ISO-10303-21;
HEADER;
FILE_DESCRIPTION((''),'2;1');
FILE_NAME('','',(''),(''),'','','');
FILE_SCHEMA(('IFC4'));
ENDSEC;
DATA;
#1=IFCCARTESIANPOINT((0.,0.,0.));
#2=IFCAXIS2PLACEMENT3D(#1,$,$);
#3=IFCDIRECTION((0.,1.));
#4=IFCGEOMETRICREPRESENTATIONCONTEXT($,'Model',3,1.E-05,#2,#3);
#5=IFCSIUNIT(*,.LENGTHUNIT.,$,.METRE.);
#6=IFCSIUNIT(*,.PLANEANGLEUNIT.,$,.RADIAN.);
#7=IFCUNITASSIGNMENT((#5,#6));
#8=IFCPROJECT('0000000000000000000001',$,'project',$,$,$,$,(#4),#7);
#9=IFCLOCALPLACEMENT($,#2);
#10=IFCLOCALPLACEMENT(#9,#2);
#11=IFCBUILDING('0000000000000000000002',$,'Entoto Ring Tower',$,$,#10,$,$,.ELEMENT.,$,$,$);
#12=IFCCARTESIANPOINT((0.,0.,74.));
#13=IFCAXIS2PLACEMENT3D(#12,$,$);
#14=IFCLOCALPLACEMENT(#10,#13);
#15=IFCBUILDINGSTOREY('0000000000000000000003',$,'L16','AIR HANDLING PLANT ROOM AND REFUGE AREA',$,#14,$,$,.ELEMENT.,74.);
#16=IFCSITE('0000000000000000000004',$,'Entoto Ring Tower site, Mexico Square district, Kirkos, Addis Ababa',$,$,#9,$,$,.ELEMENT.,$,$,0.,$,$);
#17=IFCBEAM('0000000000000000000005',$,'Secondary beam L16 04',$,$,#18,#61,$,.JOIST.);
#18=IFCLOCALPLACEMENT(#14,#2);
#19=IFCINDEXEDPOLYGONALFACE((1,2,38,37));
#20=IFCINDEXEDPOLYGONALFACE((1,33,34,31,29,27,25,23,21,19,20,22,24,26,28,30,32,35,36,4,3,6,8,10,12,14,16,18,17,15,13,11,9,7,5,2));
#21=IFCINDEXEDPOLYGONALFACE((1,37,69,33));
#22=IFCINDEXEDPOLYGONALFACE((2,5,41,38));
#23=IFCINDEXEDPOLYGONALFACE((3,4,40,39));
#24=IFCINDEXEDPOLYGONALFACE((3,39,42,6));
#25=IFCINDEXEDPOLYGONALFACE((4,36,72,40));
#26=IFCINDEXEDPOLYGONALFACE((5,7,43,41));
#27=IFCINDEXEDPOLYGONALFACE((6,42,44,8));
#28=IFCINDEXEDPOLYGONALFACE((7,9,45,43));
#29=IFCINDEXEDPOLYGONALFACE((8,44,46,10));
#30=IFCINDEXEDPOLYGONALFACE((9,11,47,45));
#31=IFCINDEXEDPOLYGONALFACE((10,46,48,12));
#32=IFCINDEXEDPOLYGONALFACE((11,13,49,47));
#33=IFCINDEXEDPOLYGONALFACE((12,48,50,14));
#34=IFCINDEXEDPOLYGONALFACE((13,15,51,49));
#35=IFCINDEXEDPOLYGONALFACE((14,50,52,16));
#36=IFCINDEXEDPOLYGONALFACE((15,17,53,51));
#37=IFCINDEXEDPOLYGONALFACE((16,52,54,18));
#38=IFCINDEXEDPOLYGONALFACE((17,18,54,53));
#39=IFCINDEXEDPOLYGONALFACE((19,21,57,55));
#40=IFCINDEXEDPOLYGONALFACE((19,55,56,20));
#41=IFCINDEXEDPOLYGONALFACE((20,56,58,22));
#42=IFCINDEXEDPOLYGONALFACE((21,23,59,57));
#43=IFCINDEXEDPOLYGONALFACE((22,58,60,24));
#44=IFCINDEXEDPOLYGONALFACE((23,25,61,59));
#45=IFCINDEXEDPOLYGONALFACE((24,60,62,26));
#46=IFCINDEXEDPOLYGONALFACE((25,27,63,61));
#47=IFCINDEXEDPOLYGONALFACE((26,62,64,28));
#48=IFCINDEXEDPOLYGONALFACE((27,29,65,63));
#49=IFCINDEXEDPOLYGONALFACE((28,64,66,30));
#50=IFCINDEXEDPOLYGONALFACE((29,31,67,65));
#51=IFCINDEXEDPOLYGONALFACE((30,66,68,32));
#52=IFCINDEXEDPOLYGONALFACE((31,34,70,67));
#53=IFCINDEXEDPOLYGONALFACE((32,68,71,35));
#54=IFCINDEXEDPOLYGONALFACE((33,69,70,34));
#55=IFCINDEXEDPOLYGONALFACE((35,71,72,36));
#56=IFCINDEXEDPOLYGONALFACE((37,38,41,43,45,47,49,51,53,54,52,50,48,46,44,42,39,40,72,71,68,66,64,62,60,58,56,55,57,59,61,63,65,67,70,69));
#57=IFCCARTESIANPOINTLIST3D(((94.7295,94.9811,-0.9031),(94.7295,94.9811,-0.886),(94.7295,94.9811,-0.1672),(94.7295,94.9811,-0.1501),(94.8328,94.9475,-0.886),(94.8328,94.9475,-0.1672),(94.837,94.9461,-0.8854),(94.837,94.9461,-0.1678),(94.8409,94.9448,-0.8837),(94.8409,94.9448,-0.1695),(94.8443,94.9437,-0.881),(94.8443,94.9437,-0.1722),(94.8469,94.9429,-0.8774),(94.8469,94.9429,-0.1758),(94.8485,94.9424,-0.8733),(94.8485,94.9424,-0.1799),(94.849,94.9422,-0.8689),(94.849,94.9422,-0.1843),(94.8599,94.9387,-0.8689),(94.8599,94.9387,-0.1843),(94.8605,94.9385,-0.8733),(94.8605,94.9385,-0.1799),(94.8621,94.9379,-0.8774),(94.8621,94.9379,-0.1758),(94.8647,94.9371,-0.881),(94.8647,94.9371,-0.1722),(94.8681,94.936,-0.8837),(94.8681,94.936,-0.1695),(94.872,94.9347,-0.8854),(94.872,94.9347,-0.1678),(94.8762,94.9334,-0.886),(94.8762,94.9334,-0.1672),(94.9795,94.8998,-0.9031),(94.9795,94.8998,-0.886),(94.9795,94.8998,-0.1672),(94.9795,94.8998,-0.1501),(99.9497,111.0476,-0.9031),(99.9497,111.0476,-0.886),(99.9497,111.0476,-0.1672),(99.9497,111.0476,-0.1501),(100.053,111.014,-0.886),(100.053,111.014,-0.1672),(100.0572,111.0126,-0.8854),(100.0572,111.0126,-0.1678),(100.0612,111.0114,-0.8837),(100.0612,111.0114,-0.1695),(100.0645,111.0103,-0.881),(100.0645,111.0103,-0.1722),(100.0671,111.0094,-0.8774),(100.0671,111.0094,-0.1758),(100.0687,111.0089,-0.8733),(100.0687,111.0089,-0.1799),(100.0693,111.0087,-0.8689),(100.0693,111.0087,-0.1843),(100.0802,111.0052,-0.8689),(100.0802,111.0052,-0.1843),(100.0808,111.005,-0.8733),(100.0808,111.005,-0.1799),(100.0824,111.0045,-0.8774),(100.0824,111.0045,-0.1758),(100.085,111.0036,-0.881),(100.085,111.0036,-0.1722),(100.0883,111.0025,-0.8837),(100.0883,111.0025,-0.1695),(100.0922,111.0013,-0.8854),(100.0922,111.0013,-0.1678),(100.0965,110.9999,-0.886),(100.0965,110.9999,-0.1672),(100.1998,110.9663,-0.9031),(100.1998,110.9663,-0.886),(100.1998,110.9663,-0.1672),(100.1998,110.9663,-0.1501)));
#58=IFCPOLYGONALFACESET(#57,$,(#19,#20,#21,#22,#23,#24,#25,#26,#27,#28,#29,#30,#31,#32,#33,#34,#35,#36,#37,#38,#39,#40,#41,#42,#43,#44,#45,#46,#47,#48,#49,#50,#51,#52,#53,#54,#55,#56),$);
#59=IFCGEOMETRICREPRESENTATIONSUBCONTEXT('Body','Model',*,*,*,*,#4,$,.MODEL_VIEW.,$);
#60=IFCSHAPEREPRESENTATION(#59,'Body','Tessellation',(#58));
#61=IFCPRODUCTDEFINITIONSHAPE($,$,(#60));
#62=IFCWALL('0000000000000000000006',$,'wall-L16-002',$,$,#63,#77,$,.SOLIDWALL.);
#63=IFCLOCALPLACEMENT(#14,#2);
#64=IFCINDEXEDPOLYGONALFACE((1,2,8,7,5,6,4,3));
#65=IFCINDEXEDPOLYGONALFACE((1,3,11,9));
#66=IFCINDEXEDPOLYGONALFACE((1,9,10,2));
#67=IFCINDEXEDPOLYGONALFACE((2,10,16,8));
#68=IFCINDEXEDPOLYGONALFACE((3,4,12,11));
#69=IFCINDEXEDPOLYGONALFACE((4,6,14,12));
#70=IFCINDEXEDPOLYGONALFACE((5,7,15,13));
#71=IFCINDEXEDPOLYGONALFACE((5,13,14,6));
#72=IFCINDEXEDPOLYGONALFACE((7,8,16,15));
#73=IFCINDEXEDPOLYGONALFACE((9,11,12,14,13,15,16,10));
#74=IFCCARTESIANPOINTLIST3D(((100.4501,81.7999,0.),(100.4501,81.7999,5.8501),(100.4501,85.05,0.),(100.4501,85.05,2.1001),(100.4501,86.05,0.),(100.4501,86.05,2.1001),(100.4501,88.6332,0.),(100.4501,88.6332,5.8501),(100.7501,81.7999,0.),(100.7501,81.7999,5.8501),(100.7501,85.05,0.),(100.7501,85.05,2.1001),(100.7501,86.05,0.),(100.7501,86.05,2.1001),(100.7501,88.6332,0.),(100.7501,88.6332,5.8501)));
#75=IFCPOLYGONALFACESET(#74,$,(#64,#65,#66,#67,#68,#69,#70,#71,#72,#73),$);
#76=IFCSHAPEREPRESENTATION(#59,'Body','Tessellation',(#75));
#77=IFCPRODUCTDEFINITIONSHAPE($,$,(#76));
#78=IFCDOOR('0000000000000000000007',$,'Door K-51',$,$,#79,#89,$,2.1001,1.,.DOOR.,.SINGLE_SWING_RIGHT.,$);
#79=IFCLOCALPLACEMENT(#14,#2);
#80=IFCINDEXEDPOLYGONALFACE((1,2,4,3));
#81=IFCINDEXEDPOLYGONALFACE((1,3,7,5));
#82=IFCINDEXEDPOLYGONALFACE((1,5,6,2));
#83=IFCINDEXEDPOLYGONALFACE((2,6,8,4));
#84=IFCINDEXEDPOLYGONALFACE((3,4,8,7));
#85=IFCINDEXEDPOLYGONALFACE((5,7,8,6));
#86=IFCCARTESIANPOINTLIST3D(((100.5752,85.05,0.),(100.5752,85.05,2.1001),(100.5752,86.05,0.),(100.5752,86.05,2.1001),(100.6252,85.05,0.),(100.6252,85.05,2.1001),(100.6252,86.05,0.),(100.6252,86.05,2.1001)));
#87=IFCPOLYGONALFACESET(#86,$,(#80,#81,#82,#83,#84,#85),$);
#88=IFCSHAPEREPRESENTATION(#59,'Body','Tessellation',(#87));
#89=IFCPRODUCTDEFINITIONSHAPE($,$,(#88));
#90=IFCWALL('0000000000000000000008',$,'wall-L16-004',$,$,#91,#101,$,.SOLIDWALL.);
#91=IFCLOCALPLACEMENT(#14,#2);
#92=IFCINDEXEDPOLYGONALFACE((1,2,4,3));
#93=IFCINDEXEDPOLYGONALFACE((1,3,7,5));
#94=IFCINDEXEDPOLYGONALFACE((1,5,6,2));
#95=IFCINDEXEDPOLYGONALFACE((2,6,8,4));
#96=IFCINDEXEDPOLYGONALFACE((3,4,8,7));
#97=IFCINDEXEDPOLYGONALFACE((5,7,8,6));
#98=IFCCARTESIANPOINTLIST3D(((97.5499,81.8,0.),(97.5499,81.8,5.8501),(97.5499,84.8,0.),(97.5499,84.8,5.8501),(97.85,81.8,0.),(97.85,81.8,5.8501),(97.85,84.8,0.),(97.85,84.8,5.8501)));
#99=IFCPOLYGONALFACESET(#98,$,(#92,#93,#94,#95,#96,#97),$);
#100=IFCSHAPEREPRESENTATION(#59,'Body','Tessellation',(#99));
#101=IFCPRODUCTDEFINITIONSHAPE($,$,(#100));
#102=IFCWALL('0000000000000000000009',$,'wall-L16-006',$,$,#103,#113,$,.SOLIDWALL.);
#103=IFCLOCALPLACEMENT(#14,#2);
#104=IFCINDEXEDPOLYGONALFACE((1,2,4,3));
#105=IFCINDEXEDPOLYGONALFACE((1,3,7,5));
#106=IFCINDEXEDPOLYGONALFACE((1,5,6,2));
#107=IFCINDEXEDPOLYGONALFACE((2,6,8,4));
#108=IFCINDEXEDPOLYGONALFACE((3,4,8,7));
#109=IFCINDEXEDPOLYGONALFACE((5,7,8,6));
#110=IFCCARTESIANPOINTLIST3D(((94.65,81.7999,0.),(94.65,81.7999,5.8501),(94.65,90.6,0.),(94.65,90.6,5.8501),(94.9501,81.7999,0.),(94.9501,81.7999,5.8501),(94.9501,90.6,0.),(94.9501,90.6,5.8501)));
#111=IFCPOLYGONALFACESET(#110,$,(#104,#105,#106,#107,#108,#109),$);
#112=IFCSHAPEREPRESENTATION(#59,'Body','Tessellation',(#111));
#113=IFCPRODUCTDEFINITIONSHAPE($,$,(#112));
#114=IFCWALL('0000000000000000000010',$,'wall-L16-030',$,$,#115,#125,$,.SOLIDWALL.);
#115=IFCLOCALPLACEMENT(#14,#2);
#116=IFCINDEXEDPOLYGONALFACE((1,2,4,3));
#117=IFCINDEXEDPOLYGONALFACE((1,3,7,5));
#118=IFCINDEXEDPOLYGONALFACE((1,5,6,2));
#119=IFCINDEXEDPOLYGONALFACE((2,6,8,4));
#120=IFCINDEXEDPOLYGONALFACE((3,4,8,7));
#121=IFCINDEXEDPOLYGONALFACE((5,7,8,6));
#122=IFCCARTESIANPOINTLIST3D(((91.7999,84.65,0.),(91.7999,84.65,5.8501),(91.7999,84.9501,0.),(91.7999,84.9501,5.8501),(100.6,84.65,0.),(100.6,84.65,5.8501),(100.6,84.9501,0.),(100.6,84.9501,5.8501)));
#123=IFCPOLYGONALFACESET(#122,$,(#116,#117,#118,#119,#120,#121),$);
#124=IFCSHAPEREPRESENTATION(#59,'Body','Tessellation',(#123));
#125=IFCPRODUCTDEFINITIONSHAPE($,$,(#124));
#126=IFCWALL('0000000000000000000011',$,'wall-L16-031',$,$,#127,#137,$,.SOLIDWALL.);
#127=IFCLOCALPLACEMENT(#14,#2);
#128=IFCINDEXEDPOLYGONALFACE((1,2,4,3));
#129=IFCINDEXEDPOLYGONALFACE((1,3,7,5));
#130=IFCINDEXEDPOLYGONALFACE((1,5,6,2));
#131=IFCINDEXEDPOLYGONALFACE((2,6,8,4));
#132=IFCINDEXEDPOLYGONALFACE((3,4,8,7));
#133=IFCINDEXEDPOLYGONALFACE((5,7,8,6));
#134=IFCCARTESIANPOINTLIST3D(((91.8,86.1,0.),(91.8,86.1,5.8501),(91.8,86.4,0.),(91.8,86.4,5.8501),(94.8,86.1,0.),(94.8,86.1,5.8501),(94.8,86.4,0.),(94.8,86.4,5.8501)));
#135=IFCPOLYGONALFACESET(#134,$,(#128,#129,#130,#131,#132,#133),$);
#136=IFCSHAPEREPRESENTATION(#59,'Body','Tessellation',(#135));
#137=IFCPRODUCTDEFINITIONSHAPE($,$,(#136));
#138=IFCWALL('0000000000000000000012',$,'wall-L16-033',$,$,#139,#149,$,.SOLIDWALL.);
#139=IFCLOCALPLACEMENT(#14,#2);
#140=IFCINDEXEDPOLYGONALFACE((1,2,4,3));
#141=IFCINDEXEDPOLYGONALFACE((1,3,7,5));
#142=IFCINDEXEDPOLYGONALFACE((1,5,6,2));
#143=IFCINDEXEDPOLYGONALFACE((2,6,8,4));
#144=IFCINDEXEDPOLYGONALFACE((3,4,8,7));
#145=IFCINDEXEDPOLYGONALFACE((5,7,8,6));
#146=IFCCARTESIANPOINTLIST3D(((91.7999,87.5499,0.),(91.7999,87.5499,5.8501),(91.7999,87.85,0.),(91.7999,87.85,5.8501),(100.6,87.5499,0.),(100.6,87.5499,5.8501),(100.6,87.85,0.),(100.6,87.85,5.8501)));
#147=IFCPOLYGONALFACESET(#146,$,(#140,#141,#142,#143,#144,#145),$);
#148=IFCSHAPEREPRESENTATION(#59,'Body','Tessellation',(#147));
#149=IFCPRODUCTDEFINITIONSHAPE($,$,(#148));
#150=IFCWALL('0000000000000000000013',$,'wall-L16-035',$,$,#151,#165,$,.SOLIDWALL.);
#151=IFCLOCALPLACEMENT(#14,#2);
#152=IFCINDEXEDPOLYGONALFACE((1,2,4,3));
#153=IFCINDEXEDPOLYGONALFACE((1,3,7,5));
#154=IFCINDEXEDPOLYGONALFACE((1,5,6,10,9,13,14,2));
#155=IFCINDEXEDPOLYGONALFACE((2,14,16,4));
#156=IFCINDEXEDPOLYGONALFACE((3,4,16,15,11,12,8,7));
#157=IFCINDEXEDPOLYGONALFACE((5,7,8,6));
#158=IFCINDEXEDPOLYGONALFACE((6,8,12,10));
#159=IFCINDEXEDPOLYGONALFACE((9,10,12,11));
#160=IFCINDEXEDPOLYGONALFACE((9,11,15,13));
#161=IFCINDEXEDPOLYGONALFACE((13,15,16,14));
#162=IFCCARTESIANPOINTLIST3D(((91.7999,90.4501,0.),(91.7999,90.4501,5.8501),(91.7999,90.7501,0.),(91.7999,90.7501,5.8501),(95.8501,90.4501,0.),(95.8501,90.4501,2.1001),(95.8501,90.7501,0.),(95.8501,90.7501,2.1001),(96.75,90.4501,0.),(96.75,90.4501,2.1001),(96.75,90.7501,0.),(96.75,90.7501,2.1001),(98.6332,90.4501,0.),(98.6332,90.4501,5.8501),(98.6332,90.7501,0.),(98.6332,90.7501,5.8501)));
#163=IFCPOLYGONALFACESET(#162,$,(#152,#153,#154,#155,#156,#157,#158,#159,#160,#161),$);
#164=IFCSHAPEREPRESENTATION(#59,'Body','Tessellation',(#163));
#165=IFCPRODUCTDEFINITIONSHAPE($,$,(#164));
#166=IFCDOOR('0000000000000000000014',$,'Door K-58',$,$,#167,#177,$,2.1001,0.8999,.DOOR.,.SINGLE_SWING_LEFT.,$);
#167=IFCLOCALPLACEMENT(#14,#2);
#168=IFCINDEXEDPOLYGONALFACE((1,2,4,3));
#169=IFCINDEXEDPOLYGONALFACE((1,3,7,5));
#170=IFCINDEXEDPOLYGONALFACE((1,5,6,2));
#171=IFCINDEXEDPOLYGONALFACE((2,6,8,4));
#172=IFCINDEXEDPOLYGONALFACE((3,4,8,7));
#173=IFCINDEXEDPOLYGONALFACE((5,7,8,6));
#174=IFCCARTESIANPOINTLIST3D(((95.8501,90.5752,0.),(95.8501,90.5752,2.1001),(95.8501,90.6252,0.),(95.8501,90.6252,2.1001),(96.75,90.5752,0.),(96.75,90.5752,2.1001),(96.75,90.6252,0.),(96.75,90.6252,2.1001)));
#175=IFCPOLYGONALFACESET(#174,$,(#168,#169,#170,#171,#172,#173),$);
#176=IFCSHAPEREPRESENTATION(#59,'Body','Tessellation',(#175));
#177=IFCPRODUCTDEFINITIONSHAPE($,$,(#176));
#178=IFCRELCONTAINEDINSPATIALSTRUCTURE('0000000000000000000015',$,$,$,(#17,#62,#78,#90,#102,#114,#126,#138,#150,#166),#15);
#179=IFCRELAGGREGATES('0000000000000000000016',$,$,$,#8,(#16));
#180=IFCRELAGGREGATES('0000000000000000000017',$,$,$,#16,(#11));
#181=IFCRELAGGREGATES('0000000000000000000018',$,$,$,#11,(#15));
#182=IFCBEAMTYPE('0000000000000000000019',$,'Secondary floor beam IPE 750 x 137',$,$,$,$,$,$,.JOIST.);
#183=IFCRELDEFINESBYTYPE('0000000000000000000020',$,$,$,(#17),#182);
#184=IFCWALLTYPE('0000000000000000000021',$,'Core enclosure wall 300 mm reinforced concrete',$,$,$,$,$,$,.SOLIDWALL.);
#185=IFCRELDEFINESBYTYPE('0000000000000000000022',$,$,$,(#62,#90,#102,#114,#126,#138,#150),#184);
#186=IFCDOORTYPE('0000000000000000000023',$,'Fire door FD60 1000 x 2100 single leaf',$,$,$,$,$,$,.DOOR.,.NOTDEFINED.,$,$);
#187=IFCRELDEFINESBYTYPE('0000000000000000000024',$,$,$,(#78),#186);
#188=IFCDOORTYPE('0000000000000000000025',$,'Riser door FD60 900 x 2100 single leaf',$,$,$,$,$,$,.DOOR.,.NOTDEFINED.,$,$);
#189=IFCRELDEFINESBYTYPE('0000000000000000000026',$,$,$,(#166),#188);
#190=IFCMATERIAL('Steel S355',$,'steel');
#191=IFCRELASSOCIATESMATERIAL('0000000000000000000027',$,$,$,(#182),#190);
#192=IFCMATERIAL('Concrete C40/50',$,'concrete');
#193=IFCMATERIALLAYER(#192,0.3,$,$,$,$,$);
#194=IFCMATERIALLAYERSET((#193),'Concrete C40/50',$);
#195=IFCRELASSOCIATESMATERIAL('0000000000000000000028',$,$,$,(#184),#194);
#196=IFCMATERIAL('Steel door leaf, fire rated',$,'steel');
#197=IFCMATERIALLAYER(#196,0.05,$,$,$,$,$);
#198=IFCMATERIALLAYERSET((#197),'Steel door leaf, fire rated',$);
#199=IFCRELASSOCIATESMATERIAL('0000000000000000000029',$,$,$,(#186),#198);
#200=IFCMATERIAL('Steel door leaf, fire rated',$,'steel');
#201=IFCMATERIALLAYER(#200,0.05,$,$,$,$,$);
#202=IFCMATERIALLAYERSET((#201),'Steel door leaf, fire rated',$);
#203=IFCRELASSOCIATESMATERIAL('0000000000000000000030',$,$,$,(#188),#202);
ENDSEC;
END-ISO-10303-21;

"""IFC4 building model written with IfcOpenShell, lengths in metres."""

from ifc_helpers import new_model, si_unit, direction, frame, frame_2d, origin, origin_2d, place, context, subcontext, project, spatial, rectangle, i_section, extrude, material, layer, layer_set, material_profile, profile_set, type_object, element, fill, save


model = new_model("IFC4")

# Units and contexts
model_context = context("Model", 3, precision=1e-05, world=origin(), true_north=direction((0.0, 1.0)))
body_context = subcontext(model_context, "Body", "Model", "MODEL_VIEW")
ifc_project = project(units=[si_unit("LENGTHUNIT", "METRE"), si_unit("PLANEANGLEUNIT", "RADIAN")], contexts=[model_context])

# Site, building, storey
site_placement = place(None, origin())
site = spatial("IfcSite", under=ifc_project, at=site_placement, Name="Entoto Ring Tower site, Mexico Square district, Kirkos, Addis Ababa", CompositionType="ELEMENT", RefElevation=0.0)
building_placement = place(site_placement, origin())
building = spatial("IfcBuilding", under=site, at=building_placement, Name="Entoto Ring Tower", CompositionType="ELEMENT")
storey_placement = place(building_placement, frame((0.0, 0.0, 74.0)))
storey = spatial("IfcBuildingStorey", under=building, at=storey_placement, Name="L16", Description="AIR HANDLING PLANT ROOM AND REFUGE AREA", CompositionType="ELEMENT", Elevation=74.0)

# Beam
ifc_material_1 = material(Name="Steel S355", Category="steel")
ifc_material_profile_1 = material_profile(ifc_material_1, i_section(OverallWidth=0.2629, OverallDepth=0.7529, WebThickness=0.0115, FlangeThickness=0.0171, FilletRadius=0.0171, at=origin_2d()), Name="IPE 750 x 137")
ifc_profile_set_1 = profile_set([ifc_material_profile_1], Name="Steel S355")
beam_type_1 = type_object("IfcBeamType", Name="Secondary floor beam IPE 750 x 137", PredefinedType="JOIST", material=ifc_profile_set_1)
beam_1_placement = place(storey_placement, frame((94.8545, 94.9404, -0.5266), z_axis=(0.309013, 0.951058, 0.0), x_axis=(-0.951058, 0.309013, 0.0)))
element("IfcBeam", 1, at=beam_1_placement, inside=storey, type_object=beam_type_1, Name="Secondary beam L16 04", PredefinedType="JOIST", context=body_context, shape_type="SweptSolid", body=[
    extrude(i_section(OverallWidth=0.2629, OverallDepth=0.7529, WebThickness=0.0115, FlangeThickness=0.0171, FilletRadius=0.0171, at=origin_2d()), origin(), (0.0, 0.0, 1.0), 16.8933),
])

# Wall, opening, door
ifc_material_2 = material(Name="Concrete C40/50", Category="concrete")
ifc_layer_1 = layer(ifc_material_2, 0.3)
ifc_layer_set_1 = layer_set([ifc_layer_1], Name="Concrete C40/50")
wall_type_1 = type_object("IfcWallType", Name="Core enclosure wall 300 mm reinforced concrete", PredefinedType="SOLIDWALL", material=ifc_layer_set_1)
wall_1_placement = place(storey_placement, frame((100.6001, 81.8, 0.0), z_axis=(0.0, 0.0, 1.0), x_axis=(0.0, 1.0, 0.0)))
wall_1 = element("IfcWall", 2, at=wall_1_placement, inside=storey, type_object=wall_type_1, Name="wall-L16-002", PredefinedType="SOLIDWALL", context=body_context, shape_type="SweptSolid", body=[
    extrude(rectangle(XDim=6.8333, YDim=0.3, at=frame_2d((3.4165, 0.0))), origin(), (0.0, 0.0, 1.0), 5.8501),
])
opening_1_placement = place(wall_1_placement, frame((3.25, 0.0, 0.0)))
opening_1 = element("IfcOpeningElement", 3, at=opening_1_placement, cuts=wall_1, PredefinedType="OPENING", context=body_context, shape_type="SweptSolid", body=[
    extrude(rectangle(XDim=1.0, YDim=2.1001, at=frame_2d((0.5, 1.05))), frame((0.0, 0.1602, 0.0), z_axis=(0.0, -1.0, 0.0), x_axis=(1.0, 0.0, 0.0)), (0.0, 0.0, 1.0), 0.3201),
])
ifc_material_3 = material(Name="Steel door leaf, fire rated", Category="steel")
ifc_layer_2 = layer(ifc_material_3, 0.05)
ifc_layer_set_2 = layer_set([ifc_layer_2], Name="Steel door leaf, fire rated")
door_type_1 = type_object("IfcDoorType", Name="Fire door FD60 1000 x 2100 single leaf", OperationType="NOTDEFINED", PredefinedType="DOOR", material=ifc_layer_set_2)
door_1_placement = place(opening_1_placement, origin())
door_1 = element("IfcDoor", 4, at=door_1_placement, inside=storey, type_object=door_type_1, Name="Door K-51", OperationType="SINGLE_SWING_RIGHT", OverallHeight=2.1001, OverallWidth=1.0, PredefinedType="DOOR", context=body_context, shape_type="SweptSolid", body=[
    extrude(rectangle(XDim=1.0, YDim=2.1001, at=frame_2d((0.5, 1.05))), frame((0.0, 0.0249, 0.0), z_axis=(0.0, -1.0, 0.0), x_axis=(1.0, 0.0, 0.0)), (0.0, 0.0, 1.0), 0.05),
])
fill(opening_1, door_1)

# Walls
wall_2_placement = place(storey_placement, frame((97.7, 81.8, 0.0), z_axis=(0.0, 0.0, 1.0), x_axis=(0.0, 1.0, 0.0)))
element("IfcWall", 5, at=wall_2_placement, inside=storey, type_object=wall_type_1, Name="wall-L16-004", PredefinedType="SOLIDWALL", context=body_context, shape_type="SweptSolid", body=[
    extrude(rectangle(XDim=3.0, YDim=0.3, at=frame_2d((1.5, 0.0))), origin(), (0.0, 0.0, 1.0), 5.8501),
])
for number, where, z_axis, x_axis, name in (
    (6, (94.8, 81.8, 0.0), (0.0, 0.0, 1.0), (0.0, 1.0, 0.0), "wall-L16-006"),
    (7, (91.8, 84.8, 0.0), (0.0, 0.0, 1.0), (1.0, 0.0, 0.0), "wall-L16-030"),
):
    element("IfcWall", number, at=place(storey_placement, frame(where, z_axis=z_axis, x_axis=x_axis)), inside=storey, type_object=wall_type_1, Name=name, PredefinedType="SOLIDWALL", context=body_context, shape_type="SweptSolid", body=[
        extrude(rectangle(XDim=8.8, YDim=0.3, at=frame_2d((4.3999, 0.0))), origin(), (0.0, 0.0, 1.0), 5.8501),
    ])
wall_3_placement = place(storey_placement, frame((91.8, 86.25, 0.0), z_axis=(0.0, 0.0, 1.0), x_axis=(1.0, 0.0, 0.0)))
element("IfcWall", 8, at=wall_3_placement, inside=storey, type_object=wall_type_1, Name="wall-L16-031", PredefinedType="SOLIDWALL", context=body_context, shape_type="SweptSolid", body=[
    extrude(rectangle(XDim=3.0, YDim=0.3, at=frame_2d((1.5, 0.0))), origin(), (0.0, 0.0, 1.0), 5.8501),
])
wall_4_placement = place(storey_placement, frame((91.8, 87.7, 0.0), z_axis=(0.0, 0.0, 1.0), x_axis=(1.0, 0.0, 0.0)))
element("IfcWall", 9, at=wall_4_placement, inside=storey, type_object=wall_type_1, Name="wall-L16-033", PredefinedType="SOLIDWALL", context=body_context, shape_type="SweptSolid", body=[
    extrude(rectangle(XDim=8.8, YDim=0.3, at=frame_2d((4.3999, 0.0))), origin(), (0.0, 0.0, 1.0), 5.8501),
])

# Wall, opening, door
wall_5_placement = place(storey_placement, frame((91.8, 90.6001, 0.0), z_axis=(0.0, 0.0, 1.0), x_axis=(1.0, 0.0, 0.0)))
wall_5 = element("IfcWall", 10, at=wall_5_placement, inside=storey, type_object=wall_type_1, Name="wall-L16-035", PredefinedType="SOLIDWALL", context=body_context, shape_type="SweptSolid", body=[
    extrude(rectangle(XDim=6.8333, YDim=0.3, at=frame_2d((3.4165, 0.0))), origin(), (0.0, 0.0, 1.0), 5.8501),
])
opening_2_placement = place(wall_5_placement, frame((4.05, 0.0, 0.0)))
opening_2 = element("IfcOpeningElement", 11, at=opening_2_placement, cuts=wall_5, PredefinedType="OPENING", context=body_context, shape_type="SweptSolid", body=[
    extrude(rectangle(XDim=0.8999, YDim=2.1001, at=frame_2d((0.45, 1.05))), frame((0.0, 0.1602, 0.0), z_axis=(0.0, -1.0, 0.0), x_axis=(1.0, 0.0, 0.0)), (0.0, 0.0, 1.0), 0.3201),
])
ifc_material_4 = material(Name="Steel door leaf, fire rated", Category="steel")
ifc_layer_3 = layer(ifc_material_4, 0.05)
ifc_layer_set_3 = layer_set([ifc_layer_3], Name="Steel door leaf, fire rated")
door_type_2 = type_object("IfcDoorType", Name="Riser door FD60 900 x 2100 single leaf", OperationType="NOTDEFINED", PredefinedType="DOOR", material=ifc_layer_set_3)
door_2_placement = place(opening_2_placement, frame((0.8999, 0.0, 0.0), z_axis=(0.0, 0.0, 1.0), x_axis=(-1.0, 0.0, 0.0)))
door_2 = element("IfcDoor", 12, at=door_2_placement, inside=storey, type_object=door_type_2, Name="Door K-58", OperationType="SINGLE_SWING_LEFT", OverallHeight=2.1001, OverallWidth=0.8999, PredefinedType="DOOR", context=body_context, shape_type="SweptSolid", body=[
    extrude(rectangle(XDim=0.8999, YDim=2.1001, at=frame_2d((0.45, 1.05))), frame((0.0, 0.0249, 0.0), z_axis=(0.0, -1.0, 0.0), x_axis=(1.0, 0.0, 0.0)), (0.0, 0.0, 1.0), 0.05),
])
fill(opening_2, door_2)

save(model, "model.ifc")
